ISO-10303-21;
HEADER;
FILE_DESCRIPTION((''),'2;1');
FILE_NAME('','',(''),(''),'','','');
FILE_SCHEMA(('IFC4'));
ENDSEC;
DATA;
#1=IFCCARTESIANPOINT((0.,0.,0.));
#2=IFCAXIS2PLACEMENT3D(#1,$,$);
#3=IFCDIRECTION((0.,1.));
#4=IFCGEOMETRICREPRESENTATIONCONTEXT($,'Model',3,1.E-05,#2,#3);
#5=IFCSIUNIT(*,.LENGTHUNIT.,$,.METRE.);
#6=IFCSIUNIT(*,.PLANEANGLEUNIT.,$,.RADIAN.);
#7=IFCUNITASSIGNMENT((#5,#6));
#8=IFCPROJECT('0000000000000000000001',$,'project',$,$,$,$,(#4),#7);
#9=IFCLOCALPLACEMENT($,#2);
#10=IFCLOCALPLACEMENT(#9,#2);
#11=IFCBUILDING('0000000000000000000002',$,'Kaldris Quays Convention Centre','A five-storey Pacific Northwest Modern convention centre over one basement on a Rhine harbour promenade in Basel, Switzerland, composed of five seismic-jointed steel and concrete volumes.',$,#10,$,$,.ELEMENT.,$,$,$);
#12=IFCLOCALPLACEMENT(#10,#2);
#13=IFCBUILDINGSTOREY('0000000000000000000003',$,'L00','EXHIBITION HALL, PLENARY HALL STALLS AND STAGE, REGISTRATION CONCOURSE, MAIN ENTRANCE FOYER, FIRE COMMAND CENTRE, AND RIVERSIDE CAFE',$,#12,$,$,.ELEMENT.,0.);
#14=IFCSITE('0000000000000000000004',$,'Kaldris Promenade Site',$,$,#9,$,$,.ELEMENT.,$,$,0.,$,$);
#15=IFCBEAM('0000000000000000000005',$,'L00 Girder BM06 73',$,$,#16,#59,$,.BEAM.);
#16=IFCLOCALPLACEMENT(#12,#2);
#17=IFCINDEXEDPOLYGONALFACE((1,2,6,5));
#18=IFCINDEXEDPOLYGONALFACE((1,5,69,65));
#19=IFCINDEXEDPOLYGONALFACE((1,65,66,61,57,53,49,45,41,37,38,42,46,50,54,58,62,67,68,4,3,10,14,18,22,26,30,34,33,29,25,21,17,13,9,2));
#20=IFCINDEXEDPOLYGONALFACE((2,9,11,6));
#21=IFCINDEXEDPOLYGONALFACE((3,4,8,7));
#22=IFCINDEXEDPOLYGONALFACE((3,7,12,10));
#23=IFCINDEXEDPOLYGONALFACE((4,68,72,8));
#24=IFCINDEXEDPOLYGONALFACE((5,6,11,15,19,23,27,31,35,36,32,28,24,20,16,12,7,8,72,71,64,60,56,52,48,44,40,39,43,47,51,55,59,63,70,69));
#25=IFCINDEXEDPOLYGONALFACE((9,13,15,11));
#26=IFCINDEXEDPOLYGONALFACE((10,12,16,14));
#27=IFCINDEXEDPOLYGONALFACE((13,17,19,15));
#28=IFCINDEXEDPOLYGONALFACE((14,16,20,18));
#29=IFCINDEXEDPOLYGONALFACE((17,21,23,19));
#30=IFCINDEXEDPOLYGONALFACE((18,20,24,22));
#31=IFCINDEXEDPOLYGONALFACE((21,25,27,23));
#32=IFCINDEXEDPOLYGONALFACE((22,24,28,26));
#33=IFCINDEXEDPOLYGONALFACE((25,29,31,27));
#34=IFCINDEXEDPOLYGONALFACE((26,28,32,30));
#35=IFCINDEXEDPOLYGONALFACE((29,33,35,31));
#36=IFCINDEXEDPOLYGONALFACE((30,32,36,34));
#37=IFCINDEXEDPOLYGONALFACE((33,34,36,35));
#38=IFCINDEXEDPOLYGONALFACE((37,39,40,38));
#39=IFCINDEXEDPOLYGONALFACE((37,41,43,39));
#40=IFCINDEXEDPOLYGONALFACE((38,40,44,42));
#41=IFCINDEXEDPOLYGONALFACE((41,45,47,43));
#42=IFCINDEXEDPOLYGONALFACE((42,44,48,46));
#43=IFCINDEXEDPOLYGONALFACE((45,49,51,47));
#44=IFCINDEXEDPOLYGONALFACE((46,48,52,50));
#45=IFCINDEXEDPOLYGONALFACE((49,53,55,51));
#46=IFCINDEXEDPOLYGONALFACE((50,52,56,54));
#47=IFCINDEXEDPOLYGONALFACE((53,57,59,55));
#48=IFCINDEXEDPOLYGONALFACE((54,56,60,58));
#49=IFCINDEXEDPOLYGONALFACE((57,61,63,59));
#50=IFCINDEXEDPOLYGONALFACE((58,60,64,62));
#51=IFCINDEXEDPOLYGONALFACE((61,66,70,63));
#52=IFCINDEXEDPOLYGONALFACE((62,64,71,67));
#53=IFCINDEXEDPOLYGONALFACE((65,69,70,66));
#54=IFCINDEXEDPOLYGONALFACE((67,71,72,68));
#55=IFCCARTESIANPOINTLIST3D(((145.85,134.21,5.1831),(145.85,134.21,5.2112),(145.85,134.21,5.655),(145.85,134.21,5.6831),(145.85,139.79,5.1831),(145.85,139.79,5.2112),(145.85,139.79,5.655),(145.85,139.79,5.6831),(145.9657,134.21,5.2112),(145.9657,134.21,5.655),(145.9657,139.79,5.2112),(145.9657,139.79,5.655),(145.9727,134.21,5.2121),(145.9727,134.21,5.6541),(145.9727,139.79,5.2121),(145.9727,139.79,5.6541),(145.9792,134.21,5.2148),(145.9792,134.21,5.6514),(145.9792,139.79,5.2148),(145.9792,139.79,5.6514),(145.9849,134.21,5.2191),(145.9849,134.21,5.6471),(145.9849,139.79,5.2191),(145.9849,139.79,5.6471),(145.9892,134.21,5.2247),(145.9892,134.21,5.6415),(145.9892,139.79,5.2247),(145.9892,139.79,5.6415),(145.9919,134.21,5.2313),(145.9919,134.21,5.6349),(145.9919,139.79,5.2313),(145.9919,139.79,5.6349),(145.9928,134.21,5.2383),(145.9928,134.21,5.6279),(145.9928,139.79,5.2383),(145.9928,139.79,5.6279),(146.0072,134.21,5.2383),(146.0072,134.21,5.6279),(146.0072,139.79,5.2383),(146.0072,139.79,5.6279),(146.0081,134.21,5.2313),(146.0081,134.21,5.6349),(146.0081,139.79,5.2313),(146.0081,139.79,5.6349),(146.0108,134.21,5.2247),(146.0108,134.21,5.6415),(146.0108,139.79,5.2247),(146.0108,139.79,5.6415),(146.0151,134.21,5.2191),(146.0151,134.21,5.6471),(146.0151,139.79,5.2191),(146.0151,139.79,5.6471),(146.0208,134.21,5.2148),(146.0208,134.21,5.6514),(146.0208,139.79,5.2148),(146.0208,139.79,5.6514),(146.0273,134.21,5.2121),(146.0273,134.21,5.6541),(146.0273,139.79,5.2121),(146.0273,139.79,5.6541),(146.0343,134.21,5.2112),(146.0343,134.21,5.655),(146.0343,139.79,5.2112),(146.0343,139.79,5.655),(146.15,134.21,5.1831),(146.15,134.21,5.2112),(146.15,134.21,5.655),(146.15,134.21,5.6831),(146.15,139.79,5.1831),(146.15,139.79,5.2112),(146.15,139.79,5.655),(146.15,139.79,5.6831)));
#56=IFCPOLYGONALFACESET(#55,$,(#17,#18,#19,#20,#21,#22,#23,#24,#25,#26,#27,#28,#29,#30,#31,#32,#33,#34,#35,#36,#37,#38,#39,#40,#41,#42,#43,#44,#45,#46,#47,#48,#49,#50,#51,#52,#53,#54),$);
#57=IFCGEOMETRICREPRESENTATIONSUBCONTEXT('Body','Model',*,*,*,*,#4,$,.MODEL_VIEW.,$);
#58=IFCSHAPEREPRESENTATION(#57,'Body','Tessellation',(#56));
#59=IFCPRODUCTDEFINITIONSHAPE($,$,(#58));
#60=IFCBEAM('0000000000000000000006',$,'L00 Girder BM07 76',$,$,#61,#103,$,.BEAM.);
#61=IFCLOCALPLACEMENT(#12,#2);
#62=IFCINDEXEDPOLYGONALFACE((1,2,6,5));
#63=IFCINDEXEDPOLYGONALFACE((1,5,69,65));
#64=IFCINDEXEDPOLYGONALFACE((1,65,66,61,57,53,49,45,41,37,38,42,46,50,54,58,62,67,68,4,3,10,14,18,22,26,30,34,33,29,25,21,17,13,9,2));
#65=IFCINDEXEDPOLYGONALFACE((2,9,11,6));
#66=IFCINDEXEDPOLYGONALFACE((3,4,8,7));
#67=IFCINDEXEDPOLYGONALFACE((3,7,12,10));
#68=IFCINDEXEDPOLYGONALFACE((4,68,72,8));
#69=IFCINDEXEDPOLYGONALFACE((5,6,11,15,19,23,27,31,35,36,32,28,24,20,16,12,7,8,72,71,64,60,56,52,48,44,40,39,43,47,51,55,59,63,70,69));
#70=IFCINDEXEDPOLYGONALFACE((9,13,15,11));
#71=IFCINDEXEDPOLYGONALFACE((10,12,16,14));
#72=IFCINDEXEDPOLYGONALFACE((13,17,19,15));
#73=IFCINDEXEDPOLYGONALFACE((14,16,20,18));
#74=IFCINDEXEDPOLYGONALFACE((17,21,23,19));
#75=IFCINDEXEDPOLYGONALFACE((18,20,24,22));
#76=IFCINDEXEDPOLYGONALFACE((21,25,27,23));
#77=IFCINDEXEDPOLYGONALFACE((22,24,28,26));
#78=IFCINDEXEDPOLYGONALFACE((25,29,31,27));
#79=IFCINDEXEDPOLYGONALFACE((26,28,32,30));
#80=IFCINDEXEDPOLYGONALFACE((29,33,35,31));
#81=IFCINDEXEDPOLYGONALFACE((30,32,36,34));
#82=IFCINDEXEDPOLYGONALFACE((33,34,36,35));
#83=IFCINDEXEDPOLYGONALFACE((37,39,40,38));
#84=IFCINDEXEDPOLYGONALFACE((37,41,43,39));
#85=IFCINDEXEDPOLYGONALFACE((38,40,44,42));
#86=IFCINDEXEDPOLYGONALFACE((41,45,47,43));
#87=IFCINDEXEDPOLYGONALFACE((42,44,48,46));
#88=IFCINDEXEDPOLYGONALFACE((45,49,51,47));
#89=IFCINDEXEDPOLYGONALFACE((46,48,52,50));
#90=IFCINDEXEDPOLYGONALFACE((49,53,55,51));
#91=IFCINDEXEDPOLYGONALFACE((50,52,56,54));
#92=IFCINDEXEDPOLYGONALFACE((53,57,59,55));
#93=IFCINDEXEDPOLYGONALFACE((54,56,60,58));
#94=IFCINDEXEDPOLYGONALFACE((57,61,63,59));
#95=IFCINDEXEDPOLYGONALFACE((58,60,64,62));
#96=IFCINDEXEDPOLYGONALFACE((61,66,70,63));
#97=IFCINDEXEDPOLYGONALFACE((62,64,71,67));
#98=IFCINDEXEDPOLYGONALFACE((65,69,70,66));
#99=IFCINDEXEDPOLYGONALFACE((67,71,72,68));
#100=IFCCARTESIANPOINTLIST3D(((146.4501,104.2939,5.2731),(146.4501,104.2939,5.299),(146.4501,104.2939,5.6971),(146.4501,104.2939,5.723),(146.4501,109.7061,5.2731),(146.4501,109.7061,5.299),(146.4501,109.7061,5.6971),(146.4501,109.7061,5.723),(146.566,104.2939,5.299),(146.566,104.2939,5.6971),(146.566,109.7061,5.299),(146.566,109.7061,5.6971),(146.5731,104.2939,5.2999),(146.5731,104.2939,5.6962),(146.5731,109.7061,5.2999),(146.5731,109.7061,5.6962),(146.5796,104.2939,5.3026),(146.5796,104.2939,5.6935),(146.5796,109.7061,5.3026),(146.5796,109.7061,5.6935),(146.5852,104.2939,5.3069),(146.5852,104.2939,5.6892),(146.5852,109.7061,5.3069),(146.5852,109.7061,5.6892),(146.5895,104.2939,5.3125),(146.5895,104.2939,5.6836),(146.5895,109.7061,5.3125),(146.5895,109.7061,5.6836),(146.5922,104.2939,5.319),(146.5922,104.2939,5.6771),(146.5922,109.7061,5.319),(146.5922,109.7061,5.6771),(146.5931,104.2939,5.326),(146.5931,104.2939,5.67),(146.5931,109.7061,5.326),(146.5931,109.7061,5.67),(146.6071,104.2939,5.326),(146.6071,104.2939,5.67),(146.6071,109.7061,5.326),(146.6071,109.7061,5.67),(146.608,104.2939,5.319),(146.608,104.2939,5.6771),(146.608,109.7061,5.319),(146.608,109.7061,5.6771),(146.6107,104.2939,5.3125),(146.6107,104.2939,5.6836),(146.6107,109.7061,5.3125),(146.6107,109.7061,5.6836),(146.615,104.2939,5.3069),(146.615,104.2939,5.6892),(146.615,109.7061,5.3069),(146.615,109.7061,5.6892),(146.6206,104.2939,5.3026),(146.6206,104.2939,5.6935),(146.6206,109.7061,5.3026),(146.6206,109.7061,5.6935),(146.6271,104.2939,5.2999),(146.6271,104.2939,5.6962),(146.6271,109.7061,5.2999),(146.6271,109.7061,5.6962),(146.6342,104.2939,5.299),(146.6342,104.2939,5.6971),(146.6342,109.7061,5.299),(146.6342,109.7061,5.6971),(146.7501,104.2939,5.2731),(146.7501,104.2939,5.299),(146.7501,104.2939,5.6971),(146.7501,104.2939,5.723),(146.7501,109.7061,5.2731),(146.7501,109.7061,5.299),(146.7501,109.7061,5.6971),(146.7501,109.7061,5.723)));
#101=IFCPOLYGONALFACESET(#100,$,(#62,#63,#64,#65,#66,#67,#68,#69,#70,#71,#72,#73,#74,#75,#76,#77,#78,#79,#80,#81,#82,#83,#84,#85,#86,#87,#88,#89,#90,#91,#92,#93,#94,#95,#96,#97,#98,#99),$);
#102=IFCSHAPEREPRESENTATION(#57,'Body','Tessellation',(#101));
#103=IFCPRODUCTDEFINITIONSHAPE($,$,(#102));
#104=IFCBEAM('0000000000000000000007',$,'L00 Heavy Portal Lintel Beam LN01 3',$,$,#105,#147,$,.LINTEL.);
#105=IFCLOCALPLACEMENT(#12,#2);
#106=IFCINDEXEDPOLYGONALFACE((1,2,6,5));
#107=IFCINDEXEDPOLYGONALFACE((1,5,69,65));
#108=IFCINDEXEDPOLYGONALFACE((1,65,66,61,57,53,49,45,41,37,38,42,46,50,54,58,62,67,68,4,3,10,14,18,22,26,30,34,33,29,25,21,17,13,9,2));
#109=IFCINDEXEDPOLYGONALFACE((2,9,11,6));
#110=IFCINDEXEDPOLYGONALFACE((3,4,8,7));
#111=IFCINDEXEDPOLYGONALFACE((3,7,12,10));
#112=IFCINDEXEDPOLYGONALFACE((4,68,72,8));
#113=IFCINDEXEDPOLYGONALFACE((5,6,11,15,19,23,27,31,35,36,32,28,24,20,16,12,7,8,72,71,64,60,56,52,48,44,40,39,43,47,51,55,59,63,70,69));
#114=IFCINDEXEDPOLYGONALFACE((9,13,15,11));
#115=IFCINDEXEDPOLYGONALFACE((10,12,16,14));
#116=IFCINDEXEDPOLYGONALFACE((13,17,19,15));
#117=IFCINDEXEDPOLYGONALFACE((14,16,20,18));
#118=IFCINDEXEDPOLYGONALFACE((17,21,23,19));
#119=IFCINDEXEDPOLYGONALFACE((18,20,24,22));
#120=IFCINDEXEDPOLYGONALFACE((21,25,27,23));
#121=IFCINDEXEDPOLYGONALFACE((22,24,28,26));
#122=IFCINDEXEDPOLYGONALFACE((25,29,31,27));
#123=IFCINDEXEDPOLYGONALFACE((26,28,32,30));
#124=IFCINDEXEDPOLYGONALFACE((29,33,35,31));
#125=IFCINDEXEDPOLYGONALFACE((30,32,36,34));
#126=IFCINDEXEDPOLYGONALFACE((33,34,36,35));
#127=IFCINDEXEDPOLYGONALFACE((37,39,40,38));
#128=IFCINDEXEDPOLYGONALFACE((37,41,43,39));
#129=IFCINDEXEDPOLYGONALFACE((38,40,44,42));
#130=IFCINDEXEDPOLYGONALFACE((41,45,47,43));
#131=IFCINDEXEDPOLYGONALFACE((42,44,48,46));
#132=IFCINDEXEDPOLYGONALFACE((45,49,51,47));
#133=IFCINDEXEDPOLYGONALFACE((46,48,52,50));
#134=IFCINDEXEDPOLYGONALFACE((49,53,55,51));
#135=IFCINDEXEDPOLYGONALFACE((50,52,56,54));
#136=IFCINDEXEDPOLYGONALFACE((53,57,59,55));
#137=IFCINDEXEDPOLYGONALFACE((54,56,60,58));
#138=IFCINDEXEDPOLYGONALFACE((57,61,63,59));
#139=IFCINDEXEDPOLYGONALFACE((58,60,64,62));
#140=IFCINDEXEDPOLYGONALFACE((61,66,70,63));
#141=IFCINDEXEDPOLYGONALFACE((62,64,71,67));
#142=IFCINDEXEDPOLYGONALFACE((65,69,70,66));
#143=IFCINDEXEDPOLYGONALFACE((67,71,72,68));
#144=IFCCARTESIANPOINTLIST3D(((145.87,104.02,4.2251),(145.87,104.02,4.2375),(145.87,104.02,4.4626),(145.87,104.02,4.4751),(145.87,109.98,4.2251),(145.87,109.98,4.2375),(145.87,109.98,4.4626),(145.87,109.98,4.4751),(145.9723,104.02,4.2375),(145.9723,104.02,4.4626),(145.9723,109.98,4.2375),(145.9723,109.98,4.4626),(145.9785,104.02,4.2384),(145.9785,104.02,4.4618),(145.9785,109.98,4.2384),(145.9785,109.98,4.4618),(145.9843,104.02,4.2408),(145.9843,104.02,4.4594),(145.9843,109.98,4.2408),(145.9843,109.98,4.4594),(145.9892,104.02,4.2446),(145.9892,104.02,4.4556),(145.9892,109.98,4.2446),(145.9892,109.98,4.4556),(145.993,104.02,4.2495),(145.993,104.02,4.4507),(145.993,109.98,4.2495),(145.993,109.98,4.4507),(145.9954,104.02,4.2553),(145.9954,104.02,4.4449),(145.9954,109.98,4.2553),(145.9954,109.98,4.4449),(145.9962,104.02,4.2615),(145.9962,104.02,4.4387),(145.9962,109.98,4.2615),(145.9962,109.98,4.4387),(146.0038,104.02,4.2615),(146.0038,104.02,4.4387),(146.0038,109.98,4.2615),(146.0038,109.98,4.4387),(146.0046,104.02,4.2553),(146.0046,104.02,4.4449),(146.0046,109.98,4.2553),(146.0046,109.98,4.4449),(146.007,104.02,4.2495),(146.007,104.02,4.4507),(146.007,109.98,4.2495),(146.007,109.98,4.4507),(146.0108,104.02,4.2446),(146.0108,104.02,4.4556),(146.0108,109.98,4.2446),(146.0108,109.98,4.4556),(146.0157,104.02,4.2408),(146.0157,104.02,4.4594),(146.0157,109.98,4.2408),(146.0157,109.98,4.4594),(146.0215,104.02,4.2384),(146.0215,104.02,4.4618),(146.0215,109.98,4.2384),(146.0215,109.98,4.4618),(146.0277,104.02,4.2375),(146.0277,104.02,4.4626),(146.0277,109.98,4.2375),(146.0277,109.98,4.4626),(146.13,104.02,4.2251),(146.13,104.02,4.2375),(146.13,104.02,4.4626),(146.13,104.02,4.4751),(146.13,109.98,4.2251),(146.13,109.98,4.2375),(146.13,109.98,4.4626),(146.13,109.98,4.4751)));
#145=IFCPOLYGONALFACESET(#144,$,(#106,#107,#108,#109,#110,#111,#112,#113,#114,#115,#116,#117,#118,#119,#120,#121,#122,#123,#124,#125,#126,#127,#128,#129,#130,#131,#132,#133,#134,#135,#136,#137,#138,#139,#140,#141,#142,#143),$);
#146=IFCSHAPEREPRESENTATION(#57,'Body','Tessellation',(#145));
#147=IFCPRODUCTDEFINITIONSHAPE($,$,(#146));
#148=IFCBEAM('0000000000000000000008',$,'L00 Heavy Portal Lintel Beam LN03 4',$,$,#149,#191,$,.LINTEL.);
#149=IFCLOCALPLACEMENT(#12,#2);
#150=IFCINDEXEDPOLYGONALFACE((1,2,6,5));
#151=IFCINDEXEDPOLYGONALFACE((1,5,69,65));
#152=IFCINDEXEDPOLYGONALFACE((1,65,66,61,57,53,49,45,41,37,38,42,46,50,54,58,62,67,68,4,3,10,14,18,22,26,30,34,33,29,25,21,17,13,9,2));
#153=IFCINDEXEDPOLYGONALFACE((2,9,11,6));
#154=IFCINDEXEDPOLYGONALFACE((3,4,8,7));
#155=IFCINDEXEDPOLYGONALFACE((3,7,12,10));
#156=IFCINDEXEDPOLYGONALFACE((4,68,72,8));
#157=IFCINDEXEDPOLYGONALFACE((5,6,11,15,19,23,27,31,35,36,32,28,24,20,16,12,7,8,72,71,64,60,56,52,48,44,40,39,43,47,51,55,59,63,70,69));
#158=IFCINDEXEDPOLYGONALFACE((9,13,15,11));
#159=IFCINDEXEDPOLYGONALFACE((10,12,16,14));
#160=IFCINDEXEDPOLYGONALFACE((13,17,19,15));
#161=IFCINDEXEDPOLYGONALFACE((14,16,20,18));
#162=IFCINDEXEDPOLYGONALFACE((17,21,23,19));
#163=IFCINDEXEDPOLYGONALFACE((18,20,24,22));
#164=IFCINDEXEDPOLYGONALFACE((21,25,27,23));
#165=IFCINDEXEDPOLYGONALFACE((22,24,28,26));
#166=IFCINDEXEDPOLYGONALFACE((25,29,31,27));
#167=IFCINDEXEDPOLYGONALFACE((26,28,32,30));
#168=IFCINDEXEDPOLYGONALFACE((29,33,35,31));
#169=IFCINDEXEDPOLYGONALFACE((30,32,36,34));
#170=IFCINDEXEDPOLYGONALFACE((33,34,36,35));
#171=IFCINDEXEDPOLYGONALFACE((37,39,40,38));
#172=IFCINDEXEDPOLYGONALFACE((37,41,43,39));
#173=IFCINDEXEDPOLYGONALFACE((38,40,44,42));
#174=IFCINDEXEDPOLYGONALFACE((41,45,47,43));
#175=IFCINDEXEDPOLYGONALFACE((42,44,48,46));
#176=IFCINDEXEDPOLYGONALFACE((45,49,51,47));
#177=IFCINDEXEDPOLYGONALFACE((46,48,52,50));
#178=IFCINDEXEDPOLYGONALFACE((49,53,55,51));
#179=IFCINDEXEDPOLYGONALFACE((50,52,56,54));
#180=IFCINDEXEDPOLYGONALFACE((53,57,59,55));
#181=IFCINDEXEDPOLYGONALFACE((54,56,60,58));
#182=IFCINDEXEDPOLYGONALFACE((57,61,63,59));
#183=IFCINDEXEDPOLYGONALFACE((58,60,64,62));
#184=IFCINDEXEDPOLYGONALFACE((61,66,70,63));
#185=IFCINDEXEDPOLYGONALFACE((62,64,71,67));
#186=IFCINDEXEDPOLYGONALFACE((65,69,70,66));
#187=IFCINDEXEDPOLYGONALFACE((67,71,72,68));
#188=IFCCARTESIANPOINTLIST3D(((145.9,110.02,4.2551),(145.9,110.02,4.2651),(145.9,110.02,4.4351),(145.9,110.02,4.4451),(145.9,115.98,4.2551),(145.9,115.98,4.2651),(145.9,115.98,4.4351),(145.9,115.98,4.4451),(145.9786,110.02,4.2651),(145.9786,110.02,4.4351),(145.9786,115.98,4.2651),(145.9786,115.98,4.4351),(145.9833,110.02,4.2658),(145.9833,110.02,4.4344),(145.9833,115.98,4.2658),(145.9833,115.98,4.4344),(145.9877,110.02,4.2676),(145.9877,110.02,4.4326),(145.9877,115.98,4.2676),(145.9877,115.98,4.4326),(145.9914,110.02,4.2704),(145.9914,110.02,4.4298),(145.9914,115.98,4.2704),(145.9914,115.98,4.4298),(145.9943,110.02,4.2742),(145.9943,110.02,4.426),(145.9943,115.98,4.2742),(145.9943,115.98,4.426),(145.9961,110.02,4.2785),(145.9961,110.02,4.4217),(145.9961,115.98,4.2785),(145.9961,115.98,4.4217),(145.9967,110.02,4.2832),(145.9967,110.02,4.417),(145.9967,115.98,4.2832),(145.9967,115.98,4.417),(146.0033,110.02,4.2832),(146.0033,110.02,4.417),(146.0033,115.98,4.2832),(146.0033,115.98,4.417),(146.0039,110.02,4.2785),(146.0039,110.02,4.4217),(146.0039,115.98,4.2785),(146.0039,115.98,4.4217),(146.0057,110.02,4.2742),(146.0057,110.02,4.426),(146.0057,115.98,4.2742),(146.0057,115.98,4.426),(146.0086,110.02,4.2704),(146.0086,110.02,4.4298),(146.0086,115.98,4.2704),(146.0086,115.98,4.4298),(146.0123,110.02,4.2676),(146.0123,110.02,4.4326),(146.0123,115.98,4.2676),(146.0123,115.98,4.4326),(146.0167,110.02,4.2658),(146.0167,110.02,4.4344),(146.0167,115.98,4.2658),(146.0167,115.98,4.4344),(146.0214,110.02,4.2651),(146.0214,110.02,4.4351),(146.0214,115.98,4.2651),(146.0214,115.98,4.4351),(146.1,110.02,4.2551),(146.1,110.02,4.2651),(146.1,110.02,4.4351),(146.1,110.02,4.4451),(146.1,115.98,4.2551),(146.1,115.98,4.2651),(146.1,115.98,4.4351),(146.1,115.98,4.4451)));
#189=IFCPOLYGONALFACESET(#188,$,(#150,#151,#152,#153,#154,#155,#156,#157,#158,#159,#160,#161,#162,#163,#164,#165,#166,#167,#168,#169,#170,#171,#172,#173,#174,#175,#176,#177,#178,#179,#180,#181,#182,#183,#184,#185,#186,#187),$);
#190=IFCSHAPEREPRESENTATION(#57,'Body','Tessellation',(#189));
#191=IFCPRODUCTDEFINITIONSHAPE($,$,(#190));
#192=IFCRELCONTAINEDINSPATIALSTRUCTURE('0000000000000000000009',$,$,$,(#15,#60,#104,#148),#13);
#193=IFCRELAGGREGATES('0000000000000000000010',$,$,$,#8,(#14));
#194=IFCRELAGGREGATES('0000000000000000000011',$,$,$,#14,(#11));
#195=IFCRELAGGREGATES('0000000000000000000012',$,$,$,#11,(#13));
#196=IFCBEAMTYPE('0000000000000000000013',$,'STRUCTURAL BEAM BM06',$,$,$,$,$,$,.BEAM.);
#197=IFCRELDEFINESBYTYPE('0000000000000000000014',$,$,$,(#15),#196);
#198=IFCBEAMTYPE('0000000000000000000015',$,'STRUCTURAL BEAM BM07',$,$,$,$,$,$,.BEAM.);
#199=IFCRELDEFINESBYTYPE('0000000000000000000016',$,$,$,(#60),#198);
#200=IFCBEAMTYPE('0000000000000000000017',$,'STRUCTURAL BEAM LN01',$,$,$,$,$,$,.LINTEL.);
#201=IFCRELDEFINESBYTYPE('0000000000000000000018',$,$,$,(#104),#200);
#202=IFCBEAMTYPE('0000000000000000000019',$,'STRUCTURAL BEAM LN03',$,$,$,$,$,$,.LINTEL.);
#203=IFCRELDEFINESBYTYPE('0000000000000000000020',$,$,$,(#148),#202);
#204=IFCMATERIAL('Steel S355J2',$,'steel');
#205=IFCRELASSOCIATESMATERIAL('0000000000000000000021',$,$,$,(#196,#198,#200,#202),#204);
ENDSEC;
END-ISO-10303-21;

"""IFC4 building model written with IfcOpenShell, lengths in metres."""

from ifc_helpers import new_model, si_unit, direction, frame, origin, origin_2d, place, context, subcontext, project, spatial, i_section, extrude, material, material_profile, profile_set, type_object, element, save


model = new_model("IFC4")

# Units and contexts
model_context = context("Model", 3, precision=1e-05, world=origin(), true_north=direction((0.0, 1.0)))
body_context = subcontext(model_context, "Body", "Model", "MODEL_VIEW")
ifc_project = project(units=[si_unit("LENGTHUNIT", "METRE"), si_unit("PLANEANGLEUNIT", "RADIAN")], contexts=[model_context])

# Site, building, storey
site_placement = place(None, origin())
site = spatial("IfcSite", under=ifc_project, at=site_placement, Name="Kaldris Promenade Site", CompositionType="ELEMENT", RefElevation=0.0)
building_placement = place(site_placement, origin())
building = spatial("IfcBuilding", under=site, at=building_placement, Name="Kaldris Quays Convention Centre", Description="A five-storey Pacific Northwest Modern convention centre over one basement on a Rhine harbour promenade in Basel, Switzerland, composed of five seismic-jointed steel and concrete volumes.", CompositionType="ELEMENT")
storey_placement = place(building_placement, origin())
storey = spatial("IfcBuildingStorey", under=building, at=storey_placement, Name="L00", Description="EXHIBITION HALL, PLENARY HALL STALLS AND STAGE, REGISTRATION CONCOURSE, MAIN ENTRANCE FOYER, FIRE COMMAND CENTRE, AND RIVERSIDE CAFE", CompositionType="ELEMENT", Elevation=0.0)

# Shared definitions
ifc_material_1 = material(Name="Steel S355J2", Category="steel")

# Beams
ifc_material_profile_1 = material_profile(ifc_material_1, i_section(OverallWidth=0.3, OverallDepth=0.5, WebThickness=0.0144, FlangeThickness=0.0281, FilletRadius=0.0271, at=origin_2d()), Name="HEB 500")
ifc_profile_set_1 = profile_set([ifc_material_profile_1], Name="Steel S355J2")
beam_type_1 = type_object("IfcBeamType", Name="STRUCTURAL BEAM BM06", PredefinedType="BEAM", material=ifc_profile_set_1)
beam_1_placement = place(storey_placement, frame((146.0, 134.21, 5.4331), z_axis=(0.0, 1.0, 0.0), x_axis=(-1.0, 0.0, 0.0)))
element("IfcBeam", 1, at=beam_1_placement, inside=storey, type_object=beam_type_1, Name="L00 Girder BM06 73", PredefinedType="BEAM", context=body_context, shape_type="SweptSolid", body=[
    extrude(i_section(OverallWidth=0.3, OverallDepth=0.5, WebThickness=0.0144, FlangeThickness=0.0281, FilletRadius=0.0271, at=origin_2d()), origin(), (0.0, 0.0, 1.0), 5.5801),
])
ifc_material_profile_2 = material_profile(ifc_material_1, i_section(OverallWidth=0.3, OverallDepth=0.45, WebThickness=0.0139, FlangeThickness=0.0259, FilletRadius=0.0271, at=origin_2d()), Name="HEB 450")
ifc_profile_set_2 = profile_set([ifc_material_profile_2], Name="Steel S355J2")
beam_type_2 = type_object("IfcBeamType", Name="STRUCTURAL BEAM BM07", PredefinedType="BEAM", material=ifc_profile_set_2)
beam_2_placement = place(storey_placement, frame((146.6001, 104.2939, 5.498), z_axis=(0.0, 1.0, 0.0), x_axis=(-1.0, 0.0, 0.0)))
element("IfcBeam", 2, at=beam_2_placement, inside=storey, type_object=beam_type_2, Name="L00 Girder BM07 76", PredefinedType="BEAM", context=body_context, shape_type="SweptSolid", body=[
    extrude(i_section(OverallWidth=0.3, OverallDepth=0.45, WebThickness=0.0139, FlangeThickness=0.0259, FilletRadius=0.0271, at=origin_2d()), origin(), (0.0, 0.0, 1.0), 5.4121),
])
ifc_material_profile_3 = material_profile(ifc_material_1, i_section(OverallWidth=0.26, OverallDepth=0.25, WebThickness=0.0076, FlangeThickness=0.0125, FilletRadius=0.0239, at=origin_2d()), Name="HEA 260")
ifc_profile_set_3 = profile_set([ifc_material_profile_3], Name="Steel S355J2")
beam_type_3 = type_object("IfcBeamType", Name="STRUCTURAL BEAM LN01", PredefinedType="LINTEL", material=ifc_profile_set_3)
beam_3_placement = place(storey_placement, frame((146.0, 104.02, 4.3501), z_axis=(0.0, 1.0, 0.0), x_axis=(-1.0, 0.0, 0.0)))
element("IfcBeam", 3, at=beam_3_placement, inside=storey, type_object=beam_type_3, Name="L00 Heavy Portal Lintel Beam LN01 3", PredefinedType="LINTEL", context=body_context, shape_type="SweptSolid", body=[
    extrude(i_section(OverallWidth=0.26, OverallDepth=0.25, WebThickness=0.0076, FlangeThickness=0.0125, FilletRadius=0.0239, at=origin_2d()), origin(), (0.0, 0.0, 1.0), 5.96),
])
ifc_material_profile_4 = material_profile(ifc_material_1, i_section(OverallWidth=0.2, OverallDepth=0.1899, WebThickness=0.0066, FlangeThickness=0.01, FilletRadius=0.0181, at=origin_2d()), Name="HEA 200")
ifc_profile_set_4 = profile_set([ifc_material_profile_4], Name="Steel S355J2")
beam_type_4 = type_object("IfcBeamType", Name="STRUCTURAL BEAM LN03", PredefinedType="LINTEL", material=ifc_profile_set_4)
beam_4_placement = place(storey_placement, frame((146.0, 110.02, 4.3501), z_axis=(0.0, 1.0, 0.0), x_axis=(-1.0, 0.0, 0.0)))
element("IfcBeam", 4, at=beam_4_placement, inside=storey, type_object=beam_type_4, Name="L00 Heavy Portal Lintel Beam LN03 4", PredefinedType="LINTEL", context=body_context, shape_type="SweptSolid", body=[
    extrude(i_section(OverallWidth=0.2, OverallDepth=0.1899, WebThickness=0.0066, FlangeThickness=0.01, FilletRadius=0.0181, at=origin_2d()), origin(), (0.0, 0.0, 1.0), 5.96),
])

save(model, "model.ifc")
